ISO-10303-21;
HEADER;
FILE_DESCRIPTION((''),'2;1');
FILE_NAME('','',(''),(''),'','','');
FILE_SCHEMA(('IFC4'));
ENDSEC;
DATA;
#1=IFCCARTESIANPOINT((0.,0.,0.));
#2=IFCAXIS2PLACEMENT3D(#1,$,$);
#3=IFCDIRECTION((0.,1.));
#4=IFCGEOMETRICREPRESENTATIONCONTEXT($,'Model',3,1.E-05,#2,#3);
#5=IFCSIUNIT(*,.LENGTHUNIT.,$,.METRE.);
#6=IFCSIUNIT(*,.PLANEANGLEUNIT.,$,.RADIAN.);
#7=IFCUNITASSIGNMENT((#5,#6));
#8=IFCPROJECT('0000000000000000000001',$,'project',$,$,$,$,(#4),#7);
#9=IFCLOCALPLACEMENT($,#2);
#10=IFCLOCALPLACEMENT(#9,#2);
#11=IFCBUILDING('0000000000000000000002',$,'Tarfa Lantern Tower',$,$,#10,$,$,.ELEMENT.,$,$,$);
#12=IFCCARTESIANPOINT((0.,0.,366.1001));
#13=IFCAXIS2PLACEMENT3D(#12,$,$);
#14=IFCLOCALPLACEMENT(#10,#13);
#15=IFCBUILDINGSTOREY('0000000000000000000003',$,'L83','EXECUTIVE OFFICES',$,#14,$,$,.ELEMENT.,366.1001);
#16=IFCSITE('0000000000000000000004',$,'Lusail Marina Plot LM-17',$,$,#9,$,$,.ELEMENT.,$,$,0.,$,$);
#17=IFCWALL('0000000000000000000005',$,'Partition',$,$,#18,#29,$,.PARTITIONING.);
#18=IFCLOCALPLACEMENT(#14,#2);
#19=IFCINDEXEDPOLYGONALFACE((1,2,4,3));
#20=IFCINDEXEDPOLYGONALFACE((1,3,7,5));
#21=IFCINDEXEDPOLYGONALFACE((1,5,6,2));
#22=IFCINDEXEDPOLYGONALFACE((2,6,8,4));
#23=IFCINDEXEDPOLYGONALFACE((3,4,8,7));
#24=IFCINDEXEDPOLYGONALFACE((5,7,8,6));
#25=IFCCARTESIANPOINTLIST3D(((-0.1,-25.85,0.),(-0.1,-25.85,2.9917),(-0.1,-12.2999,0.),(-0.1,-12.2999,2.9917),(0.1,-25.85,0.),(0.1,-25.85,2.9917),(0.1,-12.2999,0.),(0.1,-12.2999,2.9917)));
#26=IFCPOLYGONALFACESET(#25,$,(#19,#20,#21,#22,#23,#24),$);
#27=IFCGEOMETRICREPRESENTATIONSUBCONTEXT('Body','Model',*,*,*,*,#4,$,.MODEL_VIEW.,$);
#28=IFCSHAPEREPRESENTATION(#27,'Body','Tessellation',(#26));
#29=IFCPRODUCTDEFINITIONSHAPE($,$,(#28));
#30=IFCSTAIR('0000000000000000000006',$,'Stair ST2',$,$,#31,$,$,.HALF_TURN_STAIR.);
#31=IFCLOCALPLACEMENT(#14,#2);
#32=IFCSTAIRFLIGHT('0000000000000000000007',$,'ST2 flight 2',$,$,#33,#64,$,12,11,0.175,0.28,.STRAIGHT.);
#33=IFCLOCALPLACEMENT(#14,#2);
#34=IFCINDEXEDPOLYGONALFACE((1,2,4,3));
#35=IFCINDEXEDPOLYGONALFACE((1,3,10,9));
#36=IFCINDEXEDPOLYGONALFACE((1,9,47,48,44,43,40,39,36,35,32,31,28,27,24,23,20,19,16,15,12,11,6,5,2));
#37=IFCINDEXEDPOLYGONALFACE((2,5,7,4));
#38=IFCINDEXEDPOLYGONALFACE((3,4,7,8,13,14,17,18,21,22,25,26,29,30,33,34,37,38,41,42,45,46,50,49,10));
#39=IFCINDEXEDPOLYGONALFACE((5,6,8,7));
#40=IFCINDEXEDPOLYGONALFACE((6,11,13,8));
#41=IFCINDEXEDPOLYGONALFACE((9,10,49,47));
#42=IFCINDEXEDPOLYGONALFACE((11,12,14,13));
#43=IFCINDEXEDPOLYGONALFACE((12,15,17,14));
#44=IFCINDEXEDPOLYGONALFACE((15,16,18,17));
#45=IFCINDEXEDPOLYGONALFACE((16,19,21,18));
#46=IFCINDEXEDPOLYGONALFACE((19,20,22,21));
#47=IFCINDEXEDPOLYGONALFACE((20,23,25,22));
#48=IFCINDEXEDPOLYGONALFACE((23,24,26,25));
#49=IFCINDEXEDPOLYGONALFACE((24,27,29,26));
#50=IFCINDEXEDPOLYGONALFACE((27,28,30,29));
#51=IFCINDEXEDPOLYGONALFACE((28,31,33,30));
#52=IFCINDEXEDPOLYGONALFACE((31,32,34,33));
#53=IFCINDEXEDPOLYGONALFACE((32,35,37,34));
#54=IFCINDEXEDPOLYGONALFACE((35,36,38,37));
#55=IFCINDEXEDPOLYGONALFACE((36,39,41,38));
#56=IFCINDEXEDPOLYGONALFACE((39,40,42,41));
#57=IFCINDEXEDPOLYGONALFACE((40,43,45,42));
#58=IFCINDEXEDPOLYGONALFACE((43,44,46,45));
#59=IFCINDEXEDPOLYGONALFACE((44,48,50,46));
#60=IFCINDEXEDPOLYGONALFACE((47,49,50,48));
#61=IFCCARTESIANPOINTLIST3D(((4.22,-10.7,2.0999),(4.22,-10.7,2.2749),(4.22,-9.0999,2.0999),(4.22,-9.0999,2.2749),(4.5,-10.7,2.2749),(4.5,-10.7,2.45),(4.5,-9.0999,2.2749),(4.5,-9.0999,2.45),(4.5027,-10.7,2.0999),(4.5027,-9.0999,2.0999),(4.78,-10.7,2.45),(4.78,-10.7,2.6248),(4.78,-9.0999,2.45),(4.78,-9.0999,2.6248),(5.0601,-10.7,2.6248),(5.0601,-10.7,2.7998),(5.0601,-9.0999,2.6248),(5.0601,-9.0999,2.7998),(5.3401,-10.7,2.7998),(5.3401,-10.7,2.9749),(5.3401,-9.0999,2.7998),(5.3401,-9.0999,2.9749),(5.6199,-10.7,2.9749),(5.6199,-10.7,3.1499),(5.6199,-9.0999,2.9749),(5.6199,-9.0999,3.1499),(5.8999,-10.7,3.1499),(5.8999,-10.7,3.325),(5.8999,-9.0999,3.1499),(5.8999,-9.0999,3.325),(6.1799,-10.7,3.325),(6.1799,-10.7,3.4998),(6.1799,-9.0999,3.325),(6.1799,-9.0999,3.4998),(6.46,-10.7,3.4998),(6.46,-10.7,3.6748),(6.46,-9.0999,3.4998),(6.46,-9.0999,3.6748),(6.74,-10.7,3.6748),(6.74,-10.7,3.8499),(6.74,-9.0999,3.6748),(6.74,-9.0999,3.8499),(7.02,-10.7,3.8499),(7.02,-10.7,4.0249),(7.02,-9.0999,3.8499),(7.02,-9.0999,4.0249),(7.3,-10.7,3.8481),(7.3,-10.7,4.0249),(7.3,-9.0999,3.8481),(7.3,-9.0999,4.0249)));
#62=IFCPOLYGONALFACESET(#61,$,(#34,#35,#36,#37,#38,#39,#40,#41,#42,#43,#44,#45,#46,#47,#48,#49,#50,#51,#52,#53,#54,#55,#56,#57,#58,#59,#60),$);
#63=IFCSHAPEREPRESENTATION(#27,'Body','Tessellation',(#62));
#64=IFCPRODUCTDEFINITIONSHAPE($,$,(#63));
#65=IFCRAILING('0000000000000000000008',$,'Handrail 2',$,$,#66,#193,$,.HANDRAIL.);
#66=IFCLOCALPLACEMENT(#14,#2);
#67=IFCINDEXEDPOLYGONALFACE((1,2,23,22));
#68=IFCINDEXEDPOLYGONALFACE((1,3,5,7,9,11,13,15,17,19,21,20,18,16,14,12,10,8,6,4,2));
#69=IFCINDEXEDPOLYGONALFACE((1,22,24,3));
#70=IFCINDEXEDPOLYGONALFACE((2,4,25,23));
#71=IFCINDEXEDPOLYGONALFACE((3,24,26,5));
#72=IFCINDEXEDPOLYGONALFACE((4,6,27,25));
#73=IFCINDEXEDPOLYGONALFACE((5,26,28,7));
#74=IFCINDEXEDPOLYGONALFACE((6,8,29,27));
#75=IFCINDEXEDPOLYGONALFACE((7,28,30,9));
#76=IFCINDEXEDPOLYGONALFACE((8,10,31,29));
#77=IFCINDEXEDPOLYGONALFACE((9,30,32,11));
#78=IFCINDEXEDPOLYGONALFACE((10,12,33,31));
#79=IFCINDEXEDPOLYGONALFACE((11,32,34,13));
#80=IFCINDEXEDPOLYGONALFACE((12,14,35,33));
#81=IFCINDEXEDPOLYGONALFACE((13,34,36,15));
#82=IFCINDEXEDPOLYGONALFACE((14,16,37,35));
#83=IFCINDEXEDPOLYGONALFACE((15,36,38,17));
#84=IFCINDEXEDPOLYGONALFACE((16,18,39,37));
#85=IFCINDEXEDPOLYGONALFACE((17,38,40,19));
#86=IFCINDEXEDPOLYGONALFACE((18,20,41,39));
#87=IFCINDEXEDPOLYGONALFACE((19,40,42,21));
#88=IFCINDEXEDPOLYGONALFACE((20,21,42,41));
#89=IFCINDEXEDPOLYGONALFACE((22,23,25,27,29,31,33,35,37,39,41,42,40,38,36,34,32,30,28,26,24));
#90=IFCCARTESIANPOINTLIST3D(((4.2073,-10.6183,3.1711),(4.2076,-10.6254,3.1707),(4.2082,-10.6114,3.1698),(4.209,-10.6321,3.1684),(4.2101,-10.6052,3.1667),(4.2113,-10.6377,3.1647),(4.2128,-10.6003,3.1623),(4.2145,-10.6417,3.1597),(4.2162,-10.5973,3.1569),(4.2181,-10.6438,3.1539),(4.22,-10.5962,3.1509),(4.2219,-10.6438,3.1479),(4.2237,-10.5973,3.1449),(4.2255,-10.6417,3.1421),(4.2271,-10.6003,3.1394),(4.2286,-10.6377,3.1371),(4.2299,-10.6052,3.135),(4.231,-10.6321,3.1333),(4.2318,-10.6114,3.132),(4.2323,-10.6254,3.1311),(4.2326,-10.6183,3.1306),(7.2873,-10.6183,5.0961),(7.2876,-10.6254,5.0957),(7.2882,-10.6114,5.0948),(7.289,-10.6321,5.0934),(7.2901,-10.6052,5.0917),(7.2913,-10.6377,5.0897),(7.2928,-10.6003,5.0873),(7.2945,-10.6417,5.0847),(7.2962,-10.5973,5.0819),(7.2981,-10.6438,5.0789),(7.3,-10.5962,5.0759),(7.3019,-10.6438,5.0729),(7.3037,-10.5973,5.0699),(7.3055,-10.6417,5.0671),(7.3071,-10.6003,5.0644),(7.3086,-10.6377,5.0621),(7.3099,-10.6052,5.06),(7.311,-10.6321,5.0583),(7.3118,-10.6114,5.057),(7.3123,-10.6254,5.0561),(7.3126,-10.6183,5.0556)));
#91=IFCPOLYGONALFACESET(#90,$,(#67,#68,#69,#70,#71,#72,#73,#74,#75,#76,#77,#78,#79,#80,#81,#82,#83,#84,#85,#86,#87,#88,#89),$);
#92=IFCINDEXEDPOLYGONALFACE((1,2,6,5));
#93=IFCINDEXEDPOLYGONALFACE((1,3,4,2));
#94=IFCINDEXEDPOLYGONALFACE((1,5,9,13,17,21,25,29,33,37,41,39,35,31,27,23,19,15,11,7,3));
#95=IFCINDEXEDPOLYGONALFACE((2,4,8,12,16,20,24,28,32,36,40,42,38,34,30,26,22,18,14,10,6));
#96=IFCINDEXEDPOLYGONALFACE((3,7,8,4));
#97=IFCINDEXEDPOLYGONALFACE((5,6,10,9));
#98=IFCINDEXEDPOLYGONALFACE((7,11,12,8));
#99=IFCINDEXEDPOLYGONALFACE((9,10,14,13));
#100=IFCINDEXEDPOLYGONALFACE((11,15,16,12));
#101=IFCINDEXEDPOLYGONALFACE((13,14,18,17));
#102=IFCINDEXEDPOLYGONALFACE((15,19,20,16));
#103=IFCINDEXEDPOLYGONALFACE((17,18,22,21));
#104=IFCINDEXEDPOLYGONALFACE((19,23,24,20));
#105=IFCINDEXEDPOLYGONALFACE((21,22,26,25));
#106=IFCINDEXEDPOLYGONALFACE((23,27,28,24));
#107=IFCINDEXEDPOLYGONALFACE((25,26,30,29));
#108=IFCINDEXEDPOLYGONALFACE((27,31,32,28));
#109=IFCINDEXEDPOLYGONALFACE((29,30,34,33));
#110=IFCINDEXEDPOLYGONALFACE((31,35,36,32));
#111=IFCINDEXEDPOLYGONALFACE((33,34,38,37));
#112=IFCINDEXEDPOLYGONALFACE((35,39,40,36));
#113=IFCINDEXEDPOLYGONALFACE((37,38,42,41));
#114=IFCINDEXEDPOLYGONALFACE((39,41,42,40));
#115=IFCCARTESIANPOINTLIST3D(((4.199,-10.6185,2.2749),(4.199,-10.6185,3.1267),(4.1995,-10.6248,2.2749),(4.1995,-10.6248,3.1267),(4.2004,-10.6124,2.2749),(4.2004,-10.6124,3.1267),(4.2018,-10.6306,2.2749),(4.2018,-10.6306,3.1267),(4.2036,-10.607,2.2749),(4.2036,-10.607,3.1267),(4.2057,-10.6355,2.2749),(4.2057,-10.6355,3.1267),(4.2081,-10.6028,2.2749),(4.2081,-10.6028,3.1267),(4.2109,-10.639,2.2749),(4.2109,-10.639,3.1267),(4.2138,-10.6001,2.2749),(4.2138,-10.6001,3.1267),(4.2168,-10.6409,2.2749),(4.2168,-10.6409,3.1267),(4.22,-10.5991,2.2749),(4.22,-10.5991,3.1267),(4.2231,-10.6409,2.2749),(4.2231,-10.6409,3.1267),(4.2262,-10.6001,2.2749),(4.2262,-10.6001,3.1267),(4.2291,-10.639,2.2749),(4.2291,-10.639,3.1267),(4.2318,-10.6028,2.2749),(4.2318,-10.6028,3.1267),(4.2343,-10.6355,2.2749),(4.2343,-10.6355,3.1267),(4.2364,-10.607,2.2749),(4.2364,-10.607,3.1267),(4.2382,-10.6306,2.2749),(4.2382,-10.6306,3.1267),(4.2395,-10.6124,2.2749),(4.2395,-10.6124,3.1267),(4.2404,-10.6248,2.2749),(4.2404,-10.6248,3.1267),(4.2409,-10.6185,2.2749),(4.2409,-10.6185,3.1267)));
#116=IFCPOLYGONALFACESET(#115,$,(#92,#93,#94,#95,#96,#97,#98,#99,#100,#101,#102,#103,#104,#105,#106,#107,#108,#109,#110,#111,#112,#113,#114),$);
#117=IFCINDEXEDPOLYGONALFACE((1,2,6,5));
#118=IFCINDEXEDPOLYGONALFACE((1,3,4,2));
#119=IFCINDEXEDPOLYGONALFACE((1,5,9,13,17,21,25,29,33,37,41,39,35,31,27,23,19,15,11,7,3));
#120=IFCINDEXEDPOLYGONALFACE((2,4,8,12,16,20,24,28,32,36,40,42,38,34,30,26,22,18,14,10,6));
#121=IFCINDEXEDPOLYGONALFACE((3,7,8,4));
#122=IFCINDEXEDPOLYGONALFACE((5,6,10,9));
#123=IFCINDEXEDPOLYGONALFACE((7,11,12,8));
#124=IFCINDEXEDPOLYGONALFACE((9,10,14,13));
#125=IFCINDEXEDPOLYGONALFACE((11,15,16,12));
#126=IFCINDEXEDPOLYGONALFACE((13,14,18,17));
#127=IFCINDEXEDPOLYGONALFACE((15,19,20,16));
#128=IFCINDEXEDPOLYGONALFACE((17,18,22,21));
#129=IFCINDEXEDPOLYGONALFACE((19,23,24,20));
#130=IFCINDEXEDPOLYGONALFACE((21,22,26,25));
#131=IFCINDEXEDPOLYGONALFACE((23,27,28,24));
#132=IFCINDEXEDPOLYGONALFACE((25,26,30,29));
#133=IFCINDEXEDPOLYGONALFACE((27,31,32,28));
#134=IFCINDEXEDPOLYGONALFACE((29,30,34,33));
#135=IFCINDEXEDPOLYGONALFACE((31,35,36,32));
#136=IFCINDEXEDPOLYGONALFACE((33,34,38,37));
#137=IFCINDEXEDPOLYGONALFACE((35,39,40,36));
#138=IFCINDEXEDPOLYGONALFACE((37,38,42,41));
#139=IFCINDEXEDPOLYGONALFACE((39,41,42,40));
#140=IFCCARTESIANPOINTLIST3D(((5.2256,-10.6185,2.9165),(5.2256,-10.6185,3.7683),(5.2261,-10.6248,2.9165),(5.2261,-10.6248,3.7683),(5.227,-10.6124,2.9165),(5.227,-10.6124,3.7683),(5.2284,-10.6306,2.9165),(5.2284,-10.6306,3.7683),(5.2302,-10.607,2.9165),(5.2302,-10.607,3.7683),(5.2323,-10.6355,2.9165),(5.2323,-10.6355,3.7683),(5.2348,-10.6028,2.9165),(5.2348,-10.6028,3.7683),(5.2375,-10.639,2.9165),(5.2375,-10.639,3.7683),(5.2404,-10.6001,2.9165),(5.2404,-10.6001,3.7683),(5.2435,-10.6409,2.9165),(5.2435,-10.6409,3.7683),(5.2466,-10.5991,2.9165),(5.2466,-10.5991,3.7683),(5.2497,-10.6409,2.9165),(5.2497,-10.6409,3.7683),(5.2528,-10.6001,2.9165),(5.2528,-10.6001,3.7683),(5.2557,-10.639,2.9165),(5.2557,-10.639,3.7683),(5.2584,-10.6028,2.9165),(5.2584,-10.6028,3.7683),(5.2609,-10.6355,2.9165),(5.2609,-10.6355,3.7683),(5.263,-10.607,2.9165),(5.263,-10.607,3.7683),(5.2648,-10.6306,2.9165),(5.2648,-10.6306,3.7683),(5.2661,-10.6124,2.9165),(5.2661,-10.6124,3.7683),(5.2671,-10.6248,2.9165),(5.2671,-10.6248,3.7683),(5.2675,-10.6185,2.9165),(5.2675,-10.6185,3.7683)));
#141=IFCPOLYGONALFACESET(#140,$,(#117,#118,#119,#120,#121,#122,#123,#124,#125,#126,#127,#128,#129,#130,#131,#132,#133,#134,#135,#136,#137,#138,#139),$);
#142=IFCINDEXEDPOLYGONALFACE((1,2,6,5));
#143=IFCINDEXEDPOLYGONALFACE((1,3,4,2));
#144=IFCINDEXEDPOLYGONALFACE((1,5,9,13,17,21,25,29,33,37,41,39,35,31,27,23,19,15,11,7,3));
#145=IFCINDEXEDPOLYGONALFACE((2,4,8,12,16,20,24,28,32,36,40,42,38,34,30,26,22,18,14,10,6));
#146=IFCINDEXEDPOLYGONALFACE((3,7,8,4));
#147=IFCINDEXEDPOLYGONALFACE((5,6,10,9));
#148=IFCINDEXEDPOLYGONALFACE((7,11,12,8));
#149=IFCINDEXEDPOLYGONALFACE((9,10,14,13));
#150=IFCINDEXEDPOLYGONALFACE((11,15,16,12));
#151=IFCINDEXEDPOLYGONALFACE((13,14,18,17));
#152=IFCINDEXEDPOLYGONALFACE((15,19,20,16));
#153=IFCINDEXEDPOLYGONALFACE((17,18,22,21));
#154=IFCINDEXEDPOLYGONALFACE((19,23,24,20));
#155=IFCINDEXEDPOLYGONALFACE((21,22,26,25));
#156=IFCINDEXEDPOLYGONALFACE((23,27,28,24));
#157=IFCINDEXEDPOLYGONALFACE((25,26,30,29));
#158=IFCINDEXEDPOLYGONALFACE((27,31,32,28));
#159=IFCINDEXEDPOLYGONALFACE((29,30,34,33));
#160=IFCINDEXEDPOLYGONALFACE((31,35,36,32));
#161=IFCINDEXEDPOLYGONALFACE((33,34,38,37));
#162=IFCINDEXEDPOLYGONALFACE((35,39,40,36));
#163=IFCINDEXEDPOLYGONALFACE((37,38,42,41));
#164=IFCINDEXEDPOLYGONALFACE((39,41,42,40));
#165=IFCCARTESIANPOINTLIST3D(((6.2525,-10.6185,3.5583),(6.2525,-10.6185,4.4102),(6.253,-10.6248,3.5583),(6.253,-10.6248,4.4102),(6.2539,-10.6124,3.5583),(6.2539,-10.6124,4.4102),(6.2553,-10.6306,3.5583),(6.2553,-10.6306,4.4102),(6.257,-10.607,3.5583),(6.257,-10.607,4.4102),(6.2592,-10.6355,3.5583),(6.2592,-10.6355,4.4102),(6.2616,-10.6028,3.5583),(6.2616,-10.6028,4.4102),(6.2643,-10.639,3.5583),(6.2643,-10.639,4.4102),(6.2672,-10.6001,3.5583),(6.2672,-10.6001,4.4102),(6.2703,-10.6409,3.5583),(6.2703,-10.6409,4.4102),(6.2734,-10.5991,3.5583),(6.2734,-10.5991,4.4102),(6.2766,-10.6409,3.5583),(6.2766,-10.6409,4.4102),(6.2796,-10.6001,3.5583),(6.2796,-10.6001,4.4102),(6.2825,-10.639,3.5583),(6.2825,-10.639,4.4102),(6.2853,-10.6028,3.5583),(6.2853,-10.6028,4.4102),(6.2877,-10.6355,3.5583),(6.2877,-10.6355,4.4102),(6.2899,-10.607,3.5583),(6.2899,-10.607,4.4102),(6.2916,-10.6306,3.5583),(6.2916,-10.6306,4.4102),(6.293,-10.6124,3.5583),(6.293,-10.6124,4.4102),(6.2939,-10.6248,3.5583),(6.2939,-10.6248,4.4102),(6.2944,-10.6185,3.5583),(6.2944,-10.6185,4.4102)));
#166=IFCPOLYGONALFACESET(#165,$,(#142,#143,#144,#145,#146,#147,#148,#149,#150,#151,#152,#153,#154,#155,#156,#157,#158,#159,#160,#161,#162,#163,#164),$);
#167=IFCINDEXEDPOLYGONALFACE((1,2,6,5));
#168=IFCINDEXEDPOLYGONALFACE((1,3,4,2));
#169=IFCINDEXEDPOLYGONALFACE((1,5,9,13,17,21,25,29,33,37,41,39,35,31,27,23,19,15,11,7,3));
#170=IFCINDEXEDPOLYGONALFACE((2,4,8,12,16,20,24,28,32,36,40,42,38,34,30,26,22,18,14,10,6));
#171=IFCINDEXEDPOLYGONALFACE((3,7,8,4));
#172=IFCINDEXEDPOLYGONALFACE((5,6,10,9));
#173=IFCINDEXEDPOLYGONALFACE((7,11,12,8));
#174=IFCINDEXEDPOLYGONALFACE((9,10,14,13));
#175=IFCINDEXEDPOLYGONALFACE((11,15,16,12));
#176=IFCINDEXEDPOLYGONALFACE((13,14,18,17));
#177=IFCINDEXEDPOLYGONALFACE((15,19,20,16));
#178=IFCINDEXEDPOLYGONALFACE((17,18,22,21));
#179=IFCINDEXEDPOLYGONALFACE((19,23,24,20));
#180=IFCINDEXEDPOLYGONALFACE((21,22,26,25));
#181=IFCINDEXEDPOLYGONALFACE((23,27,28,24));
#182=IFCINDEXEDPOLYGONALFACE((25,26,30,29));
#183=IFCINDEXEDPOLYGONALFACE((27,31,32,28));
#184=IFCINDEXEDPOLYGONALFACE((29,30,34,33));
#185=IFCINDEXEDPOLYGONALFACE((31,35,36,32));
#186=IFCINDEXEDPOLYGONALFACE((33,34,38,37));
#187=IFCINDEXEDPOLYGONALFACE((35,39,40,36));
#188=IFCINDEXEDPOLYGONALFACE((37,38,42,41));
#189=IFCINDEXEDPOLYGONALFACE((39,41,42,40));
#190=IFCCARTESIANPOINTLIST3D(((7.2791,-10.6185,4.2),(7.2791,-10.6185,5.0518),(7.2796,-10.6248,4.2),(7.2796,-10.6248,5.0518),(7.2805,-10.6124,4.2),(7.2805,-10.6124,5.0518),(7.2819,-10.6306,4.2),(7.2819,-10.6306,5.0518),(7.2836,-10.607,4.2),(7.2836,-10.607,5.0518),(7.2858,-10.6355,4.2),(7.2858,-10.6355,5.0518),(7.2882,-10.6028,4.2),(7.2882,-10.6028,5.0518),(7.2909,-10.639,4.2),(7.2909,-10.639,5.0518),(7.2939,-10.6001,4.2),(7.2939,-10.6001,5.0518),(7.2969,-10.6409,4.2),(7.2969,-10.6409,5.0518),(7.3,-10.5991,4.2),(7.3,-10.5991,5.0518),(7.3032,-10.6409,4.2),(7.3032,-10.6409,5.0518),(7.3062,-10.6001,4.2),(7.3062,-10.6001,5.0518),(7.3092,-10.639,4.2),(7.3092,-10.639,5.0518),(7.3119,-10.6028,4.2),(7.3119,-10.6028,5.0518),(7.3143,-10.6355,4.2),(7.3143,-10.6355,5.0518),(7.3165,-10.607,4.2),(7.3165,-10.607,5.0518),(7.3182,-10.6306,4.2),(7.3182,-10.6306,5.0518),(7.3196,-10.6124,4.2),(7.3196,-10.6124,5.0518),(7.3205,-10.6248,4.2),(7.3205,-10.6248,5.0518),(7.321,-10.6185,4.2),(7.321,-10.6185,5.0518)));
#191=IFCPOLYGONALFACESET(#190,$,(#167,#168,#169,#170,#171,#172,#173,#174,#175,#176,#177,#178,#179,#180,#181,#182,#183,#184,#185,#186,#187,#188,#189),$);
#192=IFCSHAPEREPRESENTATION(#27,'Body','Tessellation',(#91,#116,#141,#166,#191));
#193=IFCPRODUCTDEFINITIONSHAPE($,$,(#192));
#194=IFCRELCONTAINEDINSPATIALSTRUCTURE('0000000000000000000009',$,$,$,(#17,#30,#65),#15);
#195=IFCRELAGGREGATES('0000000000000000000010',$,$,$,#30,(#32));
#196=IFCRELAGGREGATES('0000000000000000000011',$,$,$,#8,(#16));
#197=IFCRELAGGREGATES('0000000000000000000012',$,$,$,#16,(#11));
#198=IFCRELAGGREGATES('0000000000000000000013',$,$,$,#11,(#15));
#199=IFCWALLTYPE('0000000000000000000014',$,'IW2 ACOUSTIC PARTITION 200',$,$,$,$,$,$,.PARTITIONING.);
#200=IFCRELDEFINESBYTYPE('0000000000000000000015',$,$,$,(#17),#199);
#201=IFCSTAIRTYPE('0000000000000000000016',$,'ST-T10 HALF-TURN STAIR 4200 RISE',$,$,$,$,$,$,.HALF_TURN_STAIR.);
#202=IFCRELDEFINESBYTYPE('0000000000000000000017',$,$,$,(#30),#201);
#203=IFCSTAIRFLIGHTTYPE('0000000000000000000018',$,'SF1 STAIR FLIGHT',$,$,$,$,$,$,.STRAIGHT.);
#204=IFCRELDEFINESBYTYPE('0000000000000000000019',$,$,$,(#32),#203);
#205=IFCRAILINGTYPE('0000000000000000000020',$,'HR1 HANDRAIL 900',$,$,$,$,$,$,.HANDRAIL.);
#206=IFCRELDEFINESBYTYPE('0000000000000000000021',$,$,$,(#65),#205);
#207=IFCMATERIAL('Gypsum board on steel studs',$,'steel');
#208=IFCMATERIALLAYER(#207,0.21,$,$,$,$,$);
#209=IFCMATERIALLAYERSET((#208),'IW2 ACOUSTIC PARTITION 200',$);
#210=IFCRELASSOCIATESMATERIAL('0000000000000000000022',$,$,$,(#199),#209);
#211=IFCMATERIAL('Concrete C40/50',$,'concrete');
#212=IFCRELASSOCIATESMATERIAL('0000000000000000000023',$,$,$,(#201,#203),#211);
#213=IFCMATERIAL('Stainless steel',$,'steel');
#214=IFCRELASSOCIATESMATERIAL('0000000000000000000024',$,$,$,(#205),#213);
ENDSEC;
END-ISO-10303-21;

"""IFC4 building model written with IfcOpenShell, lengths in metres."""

from ifc_helpers import new_model, si_unit, direction, frame, frame_2d, origin, origin_2d, place, context, subcontext, project, spatial, polyline, rectangle, circle, outline, extrude, material, layer, layer_set, type_object, element, aggregate, save


model = new_model("IFC4")

# Units and contexts
model_context = context("Model", 3, precision=1e-05, world=origin(), true_north=direction((0.0, 1.0)))
body_context = subcontext(model_context, "Body", "Model", "MODEL_VIEW")
ifc_project = project(units=[si_unit("LENGTHUNIT", "METRE"), si_unit("PLANEANGLEUNIT", "RADIAN")], contexts=[model_context])

# Site, building, storey
site_placement = place(None, origin())
site = spatial("IfcSite", under=ifc_project, at=site_placement, Name="Lusail Marina Plot LM-17", CompositionType="ELEMENT", RefElevation=0.0)
building_placement = place(site_placement, origin())
building = spatial("IfcBuilding", under=site, at=building_placement, Name="Tarfa Lantern Tower", CompositionType="ELEMENT")
storey_placement = place(building_placement, frame((0.0, 0.0, 366.1001)))
storey = spatial("IfcBuildingStorey", under=building, at=storey_placement, Name="L83", Description="EXECUTIVE OFFICES", CompositionType="ELEMENT", Elevation=366.1001)

# Wall
ifc_material_1 = material(Name="Gypsum board on steel studs", Category="steel")
ifc_layer_1 = layer(ifc_material_1, 0.21)
ifc_layer_set_1 = layer_set([ifc_layer_1], Name="IW2 ACOUSTIC PARTITION 200")
wall_type = type_object("IfcWallType", Name="IW2 ACOUSTIC PARTITION 200", PredefinedType="PARTITIONING", material=ifc_layer_set_1)
wall_placement = place(storey_placement, frame((0.0, -12.3, 0.0), z_axis=(0.0, 0.0, 1.0), x_axis=(0.0, -1.0, 0.0)))
element("IfcWall", 1, at=wall_placement, inside=storey, type_object=wall_type, Name="Partition", PredefinedType="PARTITIONING", context=body_context, shape_type="SweptSolid", body=[
    extrude(rectangle(XDim=13.55, YDim=0.2, at=frame_2d((6.7749, 0.0))), origin(), (0.0, 0.0, 1.0), 2.9917),
])

# Stair, stair flight
ifc_material_2 = material(Name="Concrete C40/50", Category="concrete")
stair_type = type_object("IfcStairType", Name="ST-T10 HALF-TURN STAIR 4200 RISE", PredefinedType="HALF_TURN_STAIR", material=ifc_material_2)
stair_placement = place(storey_placement, origin())
stair = element("IfcStair", 2, at=stair_placement, inside=storey, type_object=stair_type, Name="Stair ST2", PredefinedType="HALF_TURN_STAIR")
stair_flight_type = type_object("IfcStairFlightType", Name="SF1 STAIR FLIGHT", PredefinedType="STRAIGHT", material=ifc_material_2)
stair_flight_placement = place(storey_placement, frame((4.22, -9.8999, 2.0999), z_axis=(0.0, 0.0, 1.0), x_axis=(1.0, 0.0, 0.0)))
stair_flight = element("IfcStairFlight", 3, at=stair_flight_placement, type_object=stair_flight_type, Name="ST2 flight 2", NumberOfRisers=12, NumberOfTreads=11, PredefinedType="STRAIGHT", RiserHeight=0.175, TreadLength=0.28, context=body_context, shape_type="SweptSolid", body=[
    extrude(outline(polyline([(0.0, 0.0), (0.0, 0.175), (0.28, 0.175), (0.28, 0.3501), (0.5601, 0.3501), (0.5601, 0.5249), (0.8401, 0.5249), (0.8401, 0.7), (1.1201, 0.7), (1.1201, 0.875), (1.3999, 0.875), (1.3999, 1.05), (1.6799, 1.05), (1.6799, 1.2251), (1.96, 1.2251), (1.96, 1.3999), (2.24, 1.3999), (2.24, 1.575), (2.52, 1.575), (2.52, 1.75), (2.8, 1.75), (2.8, 1.925), (3.0801, 1.925), (3.0801, 2.1001), (3.0801, 1.7483), (0.2827, 0.0), (0.0, 0.0)])), frame((0.0, 0.8, 0.0), z_axis=(0.0, -1.0, 0.0), x_axis=(1.0, 0.0, 0.0)), (0.0, 0.0, 1.0), 1.6001),
])
aggregate(stair, [stair_flight])

# Railing
ifc_material_3 = material(Name="Stainless steel", Category="steel")
railing_type = type_object("IfcRailingType", Name="HR1 HANDRAIL 900", PredefinedType="HANDRAIL", material=ifc_material_3)
railing_placement = place(storey_placement, frame((4.22, -10.6201, 2.2749)))
element("IfcRailing", 4, at=railing_placement, inside=storey, type_object=railing_type, Name="Handrail 2", PredefinedType="HANDRAIL", context=body_context, shape_type="SweptSolid", body=[
    extrude(circle(Radius=0.0239, at=origin_2d()), frame((0.0, 0.0, 0.876), z_axis=(0.847998, 0.0, 0.529999), x_axis=(0.0, 1.0, 0.0)), (0.0, 0.0, 1.0), 3.6321),
    extrude(circle(Radius=0.021, at=origin_2d()), frame((0.0, 0.0, 0.0), z_axis=(0.0, 0.0, 1.0), x_axis=(0.0, 1.0, 0.0)), (0.0, 0.0, 1.0), 0.8518),
    extrude(circle(Radius=0.021, at=origin_2d()), frame((1.0266, 0.0, 0.6416), z_axis=(0.0, 0.0, 1.0), x_axis=(0.0, 1.0, 0.0)), (0.0, 0.0, 1.0), 0.8518),
    extrude(circle(Radius=0.021, at=origin_2d()), frame((2.0535, 0.0, 1.2834), z_axis=(0.0, 0.0, 1.0), x_axis=(0.0, 1.0, 0.0)), (0.0, 0.0, 1.0), 0.8518),
    extrude(circle(Radius=0.021, at=origin_2d()), frame((3.0801, 0.0, 1.925), z_axis=(0.0, 0.0, 1.0), x_axis=(0.0, 1.0, 0.0)), (0.0, 0.0, 1.0), 0.8518),
])

save(model, "model.ifc")
